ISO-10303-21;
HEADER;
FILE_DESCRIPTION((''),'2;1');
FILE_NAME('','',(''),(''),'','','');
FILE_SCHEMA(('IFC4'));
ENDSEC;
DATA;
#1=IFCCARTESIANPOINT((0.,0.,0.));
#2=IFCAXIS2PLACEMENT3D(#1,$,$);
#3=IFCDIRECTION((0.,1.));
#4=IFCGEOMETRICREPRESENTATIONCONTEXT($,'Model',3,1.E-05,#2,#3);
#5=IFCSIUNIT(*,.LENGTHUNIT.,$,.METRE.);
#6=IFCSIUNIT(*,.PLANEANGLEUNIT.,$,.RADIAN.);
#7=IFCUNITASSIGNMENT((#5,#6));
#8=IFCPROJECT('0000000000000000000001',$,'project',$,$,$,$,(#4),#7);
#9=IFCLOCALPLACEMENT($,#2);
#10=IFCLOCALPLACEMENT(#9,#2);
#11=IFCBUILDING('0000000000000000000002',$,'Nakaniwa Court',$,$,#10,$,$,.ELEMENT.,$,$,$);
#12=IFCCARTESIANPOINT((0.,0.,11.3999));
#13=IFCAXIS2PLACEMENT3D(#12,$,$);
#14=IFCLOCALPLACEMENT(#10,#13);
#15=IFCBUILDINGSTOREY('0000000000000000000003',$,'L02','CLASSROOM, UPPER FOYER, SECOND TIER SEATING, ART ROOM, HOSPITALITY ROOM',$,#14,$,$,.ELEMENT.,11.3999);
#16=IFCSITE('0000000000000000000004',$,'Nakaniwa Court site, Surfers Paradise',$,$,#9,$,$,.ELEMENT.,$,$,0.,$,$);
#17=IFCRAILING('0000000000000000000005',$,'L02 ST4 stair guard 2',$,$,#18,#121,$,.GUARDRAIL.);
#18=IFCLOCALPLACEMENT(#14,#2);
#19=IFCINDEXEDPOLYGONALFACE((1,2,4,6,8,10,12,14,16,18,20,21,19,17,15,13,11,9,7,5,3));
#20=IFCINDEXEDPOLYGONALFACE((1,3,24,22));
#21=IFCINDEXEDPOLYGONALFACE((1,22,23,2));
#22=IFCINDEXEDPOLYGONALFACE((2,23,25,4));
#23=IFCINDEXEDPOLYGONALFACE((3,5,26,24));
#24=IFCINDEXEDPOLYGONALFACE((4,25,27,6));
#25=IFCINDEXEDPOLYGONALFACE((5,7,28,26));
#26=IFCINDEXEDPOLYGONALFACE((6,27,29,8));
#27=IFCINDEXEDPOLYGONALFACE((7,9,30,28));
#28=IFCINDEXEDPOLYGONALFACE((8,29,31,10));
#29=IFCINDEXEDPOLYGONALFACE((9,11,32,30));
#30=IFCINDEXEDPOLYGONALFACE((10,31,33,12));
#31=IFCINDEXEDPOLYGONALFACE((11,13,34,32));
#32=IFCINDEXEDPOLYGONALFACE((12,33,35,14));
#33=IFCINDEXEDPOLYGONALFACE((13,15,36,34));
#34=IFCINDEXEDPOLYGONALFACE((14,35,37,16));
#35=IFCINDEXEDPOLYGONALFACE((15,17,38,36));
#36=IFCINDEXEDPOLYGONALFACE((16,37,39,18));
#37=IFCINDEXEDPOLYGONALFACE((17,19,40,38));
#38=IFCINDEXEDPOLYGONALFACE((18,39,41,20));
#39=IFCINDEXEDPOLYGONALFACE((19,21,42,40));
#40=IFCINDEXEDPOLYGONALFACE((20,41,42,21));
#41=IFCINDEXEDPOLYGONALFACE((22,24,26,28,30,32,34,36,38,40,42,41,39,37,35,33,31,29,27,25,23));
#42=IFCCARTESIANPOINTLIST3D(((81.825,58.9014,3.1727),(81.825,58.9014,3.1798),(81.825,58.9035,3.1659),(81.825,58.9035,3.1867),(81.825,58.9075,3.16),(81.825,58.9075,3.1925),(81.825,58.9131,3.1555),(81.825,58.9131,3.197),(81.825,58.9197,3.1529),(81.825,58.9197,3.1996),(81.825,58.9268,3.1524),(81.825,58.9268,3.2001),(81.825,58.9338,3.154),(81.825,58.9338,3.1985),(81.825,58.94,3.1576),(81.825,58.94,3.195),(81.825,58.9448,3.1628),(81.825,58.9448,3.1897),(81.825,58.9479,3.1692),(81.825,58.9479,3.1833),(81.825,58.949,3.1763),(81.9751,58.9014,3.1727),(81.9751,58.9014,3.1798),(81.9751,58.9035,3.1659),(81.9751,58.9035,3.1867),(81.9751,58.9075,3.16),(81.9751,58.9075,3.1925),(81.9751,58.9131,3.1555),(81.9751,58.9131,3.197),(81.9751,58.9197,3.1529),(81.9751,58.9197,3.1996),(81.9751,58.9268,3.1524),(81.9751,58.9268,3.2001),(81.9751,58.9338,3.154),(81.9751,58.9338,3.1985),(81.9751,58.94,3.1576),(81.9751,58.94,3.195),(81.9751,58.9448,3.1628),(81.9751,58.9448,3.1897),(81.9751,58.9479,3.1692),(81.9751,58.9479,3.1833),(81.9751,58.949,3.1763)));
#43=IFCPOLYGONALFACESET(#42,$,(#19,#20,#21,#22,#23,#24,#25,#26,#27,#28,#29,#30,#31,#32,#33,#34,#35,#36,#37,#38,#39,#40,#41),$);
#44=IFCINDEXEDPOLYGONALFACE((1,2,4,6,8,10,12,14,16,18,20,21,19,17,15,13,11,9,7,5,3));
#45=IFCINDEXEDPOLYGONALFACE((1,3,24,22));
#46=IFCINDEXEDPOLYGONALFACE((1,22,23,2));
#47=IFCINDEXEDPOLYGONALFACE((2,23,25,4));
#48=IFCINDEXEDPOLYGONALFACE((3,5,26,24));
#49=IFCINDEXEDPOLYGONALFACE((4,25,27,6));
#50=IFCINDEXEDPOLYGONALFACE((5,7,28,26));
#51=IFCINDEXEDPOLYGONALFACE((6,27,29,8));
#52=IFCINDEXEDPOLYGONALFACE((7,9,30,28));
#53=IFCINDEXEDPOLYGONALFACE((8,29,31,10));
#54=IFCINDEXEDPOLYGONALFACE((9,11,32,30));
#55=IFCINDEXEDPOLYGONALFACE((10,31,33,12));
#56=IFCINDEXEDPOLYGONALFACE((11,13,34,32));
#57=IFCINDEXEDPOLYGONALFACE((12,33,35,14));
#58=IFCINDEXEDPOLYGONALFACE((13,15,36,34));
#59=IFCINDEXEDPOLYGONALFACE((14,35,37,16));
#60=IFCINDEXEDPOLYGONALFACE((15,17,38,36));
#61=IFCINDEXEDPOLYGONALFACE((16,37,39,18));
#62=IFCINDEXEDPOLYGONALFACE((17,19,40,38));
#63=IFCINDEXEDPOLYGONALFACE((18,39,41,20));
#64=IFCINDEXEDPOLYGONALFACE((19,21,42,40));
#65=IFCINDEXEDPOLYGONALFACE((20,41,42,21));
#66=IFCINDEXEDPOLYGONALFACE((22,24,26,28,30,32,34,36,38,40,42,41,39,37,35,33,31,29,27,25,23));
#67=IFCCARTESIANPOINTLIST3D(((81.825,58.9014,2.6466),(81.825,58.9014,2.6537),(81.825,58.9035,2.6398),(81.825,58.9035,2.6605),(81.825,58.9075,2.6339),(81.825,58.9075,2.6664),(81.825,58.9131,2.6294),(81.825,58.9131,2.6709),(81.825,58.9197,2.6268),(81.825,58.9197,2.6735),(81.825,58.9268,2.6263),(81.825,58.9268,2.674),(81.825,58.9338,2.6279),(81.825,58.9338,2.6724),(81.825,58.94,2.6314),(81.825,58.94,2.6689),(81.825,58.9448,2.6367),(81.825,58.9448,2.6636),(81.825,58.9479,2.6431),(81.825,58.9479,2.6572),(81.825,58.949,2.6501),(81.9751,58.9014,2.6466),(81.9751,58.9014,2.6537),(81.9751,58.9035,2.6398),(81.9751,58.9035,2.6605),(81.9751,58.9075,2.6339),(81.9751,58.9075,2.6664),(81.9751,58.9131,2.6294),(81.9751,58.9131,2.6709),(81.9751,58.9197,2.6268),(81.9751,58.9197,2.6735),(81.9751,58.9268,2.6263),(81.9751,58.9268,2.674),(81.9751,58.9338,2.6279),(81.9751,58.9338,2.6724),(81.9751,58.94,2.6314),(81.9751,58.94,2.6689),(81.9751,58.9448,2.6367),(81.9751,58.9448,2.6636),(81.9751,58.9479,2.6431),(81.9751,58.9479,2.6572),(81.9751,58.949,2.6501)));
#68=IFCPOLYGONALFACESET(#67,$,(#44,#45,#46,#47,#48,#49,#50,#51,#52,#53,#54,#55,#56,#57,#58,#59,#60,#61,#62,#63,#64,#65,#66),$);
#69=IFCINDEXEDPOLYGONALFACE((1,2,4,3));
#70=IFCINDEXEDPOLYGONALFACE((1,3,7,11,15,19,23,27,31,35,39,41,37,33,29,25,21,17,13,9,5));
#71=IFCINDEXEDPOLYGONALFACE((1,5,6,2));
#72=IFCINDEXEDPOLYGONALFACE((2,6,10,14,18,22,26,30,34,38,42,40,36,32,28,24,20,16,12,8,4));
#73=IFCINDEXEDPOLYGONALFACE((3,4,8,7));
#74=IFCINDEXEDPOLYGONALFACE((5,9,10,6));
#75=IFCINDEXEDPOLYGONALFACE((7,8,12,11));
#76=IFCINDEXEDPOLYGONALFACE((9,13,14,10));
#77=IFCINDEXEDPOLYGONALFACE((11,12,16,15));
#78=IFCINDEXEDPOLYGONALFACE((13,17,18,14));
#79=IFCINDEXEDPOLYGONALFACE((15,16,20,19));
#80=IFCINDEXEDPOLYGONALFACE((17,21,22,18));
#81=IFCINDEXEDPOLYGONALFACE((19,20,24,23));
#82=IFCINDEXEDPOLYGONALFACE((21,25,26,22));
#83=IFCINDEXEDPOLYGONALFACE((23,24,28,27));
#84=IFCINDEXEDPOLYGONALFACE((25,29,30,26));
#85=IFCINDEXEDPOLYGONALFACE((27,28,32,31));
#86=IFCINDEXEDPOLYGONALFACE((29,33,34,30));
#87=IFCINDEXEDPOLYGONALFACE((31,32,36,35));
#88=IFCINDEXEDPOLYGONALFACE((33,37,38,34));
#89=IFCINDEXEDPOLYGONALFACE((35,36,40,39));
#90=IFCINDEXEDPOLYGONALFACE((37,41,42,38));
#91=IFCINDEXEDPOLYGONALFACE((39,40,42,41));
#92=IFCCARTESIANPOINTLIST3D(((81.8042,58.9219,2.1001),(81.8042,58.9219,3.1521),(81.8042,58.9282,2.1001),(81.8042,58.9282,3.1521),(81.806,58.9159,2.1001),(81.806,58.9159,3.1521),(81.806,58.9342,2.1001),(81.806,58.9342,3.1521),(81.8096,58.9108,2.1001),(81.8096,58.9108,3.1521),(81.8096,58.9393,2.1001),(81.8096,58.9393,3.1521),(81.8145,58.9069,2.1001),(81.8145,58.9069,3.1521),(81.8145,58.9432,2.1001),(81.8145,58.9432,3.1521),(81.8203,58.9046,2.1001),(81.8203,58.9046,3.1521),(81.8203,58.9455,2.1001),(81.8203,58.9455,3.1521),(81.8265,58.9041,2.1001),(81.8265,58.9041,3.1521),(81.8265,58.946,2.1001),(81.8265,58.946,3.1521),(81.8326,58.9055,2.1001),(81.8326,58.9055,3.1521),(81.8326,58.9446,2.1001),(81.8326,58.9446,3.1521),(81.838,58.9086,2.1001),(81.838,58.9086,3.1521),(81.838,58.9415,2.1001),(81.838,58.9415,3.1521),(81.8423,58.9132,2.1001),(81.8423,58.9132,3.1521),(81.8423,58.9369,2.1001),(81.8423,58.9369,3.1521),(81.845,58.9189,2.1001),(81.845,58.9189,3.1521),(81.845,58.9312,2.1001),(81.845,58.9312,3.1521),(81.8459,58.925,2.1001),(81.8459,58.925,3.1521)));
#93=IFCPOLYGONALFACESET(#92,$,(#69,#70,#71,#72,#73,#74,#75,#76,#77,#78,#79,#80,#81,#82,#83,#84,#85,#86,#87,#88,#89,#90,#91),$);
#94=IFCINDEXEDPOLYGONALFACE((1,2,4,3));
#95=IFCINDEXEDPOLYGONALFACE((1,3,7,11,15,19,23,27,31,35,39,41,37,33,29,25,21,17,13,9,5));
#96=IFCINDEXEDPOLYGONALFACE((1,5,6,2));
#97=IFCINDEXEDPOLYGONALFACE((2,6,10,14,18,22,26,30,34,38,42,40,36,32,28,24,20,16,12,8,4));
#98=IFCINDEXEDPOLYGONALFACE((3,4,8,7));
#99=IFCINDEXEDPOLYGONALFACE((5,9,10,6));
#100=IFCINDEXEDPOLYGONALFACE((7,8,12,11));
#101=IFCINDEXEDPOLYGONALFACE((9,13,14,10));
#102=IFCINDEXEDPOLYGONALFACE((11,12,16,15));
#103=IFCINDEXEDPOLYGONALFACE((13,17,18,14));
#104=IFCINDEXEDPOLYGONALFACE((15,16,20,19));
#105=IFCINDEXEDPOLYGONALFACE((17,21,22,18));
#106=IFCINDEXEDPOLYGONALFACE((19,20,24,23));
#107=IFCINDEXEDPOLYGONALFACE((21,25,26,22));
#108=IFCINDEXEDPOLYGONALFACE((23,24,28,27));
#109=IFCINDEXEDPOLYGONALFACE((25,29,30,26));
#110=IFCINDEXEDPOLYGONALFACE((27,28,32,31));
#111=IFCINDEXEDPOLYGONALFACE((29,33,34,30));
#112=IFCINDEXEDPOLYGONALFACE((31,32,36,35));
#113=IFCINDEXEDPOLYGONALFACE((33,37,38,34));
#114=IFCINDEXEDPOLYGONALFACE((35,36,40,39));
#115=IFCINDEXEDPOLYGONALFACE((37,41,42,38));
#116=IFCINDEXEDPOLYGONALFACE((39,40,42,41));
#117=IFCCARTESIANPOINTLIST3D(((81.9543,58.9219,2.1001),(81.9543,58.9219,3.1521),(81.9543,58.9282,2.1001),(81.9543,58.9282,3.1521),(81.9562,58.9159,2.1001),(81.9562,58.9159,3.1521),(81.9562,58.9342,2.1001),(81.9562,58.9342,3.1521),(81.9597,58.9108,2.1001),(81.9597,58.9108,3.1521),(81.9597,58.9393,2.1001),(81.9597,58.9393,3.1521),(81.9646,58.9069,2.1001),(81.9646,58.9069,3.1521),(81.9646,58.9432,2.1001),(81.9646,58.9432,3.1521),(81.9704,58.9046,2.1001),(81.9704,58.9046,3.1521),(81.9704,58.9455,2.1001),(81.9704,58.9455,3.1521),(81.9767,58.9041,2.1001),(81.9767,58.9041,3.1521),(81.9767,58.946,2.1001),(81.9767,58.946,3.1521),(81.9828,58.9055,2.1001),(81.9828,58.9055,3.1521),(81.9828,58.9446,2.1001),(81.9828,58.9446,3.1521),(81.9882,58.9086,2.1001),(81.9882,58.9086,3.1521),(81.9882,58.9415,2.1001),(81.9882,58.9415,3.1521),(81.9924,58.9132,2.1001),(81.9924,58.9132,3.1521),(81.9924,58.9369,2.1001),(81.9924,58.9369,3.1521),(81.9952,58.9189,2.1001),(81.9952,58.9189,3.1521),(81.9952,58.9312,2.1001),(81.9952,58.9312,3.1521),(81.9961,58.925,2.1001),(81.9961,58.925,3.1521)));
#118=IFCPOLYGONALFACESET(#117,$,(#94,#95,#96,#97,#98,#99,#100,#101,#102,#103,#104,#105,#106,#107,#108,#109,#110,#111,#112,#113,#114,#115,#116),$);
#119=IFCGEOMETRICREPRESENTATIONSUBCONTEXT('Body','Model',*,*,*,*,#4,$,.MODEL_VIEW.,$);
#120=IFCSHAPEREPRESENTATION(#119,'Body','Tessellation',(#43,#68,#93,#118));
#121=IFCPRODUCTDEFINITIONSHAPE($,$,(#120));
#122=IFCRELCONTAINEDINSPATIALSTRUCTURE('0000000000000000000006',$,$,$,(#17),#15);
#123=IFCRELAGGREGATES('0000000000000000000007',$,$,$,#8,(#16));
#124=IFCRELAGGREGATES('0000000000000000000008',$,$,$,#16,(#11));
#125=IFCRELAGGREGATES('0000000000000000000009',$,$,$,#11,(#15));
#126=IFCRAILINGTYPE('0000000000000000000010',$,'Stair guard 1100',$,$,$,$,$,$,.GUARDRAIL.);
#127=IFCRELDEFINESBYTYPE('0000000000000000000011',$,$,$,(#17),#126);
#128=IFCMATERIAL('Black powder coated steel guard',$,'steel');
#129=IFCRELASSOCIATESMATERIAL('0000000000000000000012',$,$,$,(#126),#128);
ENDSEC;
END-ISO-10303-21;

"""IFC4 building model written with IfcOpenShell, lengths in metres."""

from ifc_helpers import new_model, si_unit, direction, frame, origin, origin_2d, place, context, subcontext, project, spatial, circle, extrude, material, type_object, element, save


model = new_model("IFC4")

# Units and contexts
model_context = context("Model", 3, precision=1e-05, world=origin(), true_north=direction((0.0, 1.0)))
body_context = subcontext(model_context, "Body", "Model", "MODEL_VIEW")
ifc_project = project(units=[si_unit("LENGTHUNIT", "METRE"), si_unit("PLANEANGLEUNIT", "RADIAN")], contexts=[model_context])

# Site, building, storey
site_placement = place(None, origin())
site = spatial("IfcSite", under=ifc_project, at=site_placement, Name="Nakaniwa Court site, Surfers Paradise", CompositionType="ELEMENT", RefElevation=0.0)
building_placement = place(site_placement, origin())
building = spatial("IfcBuilding", under=site, at=building_placement, Name="Nakaniwa Court", CompositionType="ELEMENT")
storey_placement = place(building_placement, frame((0.0, 0.0, 11.3999)))
storey = spatial("IfcBuildingStorey", under=building, at=storey_placement, Name="L02", Description="CLASSROOM, UPPER FOYER, SECOND TIER SEATING, ART ROOM, HOSPITALITY ROOM", CompositionType="ELEMENT", Elevation=11.3999)

# Railing
ifc_material_1 = material(Name="Black powder coated steel guard", Category="steel")
railing_type_1 = type_object("IfcRailingType", Name="Stair guard 1100", PredefinedType="GUARDRAIL", material=ifc_material_1)
railing_1_placement = place(storey_placement, frame((81.825, 58.925, 2.1001)))
element("IfcRailing", 1, at=railing_1_placement, inside=storey, type_object=railing_type_1, Name="L02 ST4 stair guard 2", PredefinedType="GUARDRAIL", context=body_context, shape_type="SweptSolid", body=[
    extrude(circle(Radius=0.0239, at=origin_2d()), frame((0.0, 0.0, 1.0762), z_axis=(1.0, 0.0, 0.0), x_axis=(0.0, 1.0, 0.0)), (0.0, 0.0, 1.0), 0.1501),
    extrude(circle(Radius=0.0239, at=origin_2d()), frame((0.0, 0.0, 0.55), z_axis=(1.0, 0.0, 0.0), x_axis=(0.0, 1.0, 0.0)), (0.0, 0.0, 1.0), 0.1501),
    extrude(circle(Radius=0.021, at=origin_2d()), origin(), (0.0, 0.0, 1.0), 1.052),
    extrude(circle(Radius=0.021, at=origin_2d()), frame((0.1501, 0.0, 0.0)), (0.0, 0.0, 1.0), 1.052),
])

save(model, "model.ifc")
